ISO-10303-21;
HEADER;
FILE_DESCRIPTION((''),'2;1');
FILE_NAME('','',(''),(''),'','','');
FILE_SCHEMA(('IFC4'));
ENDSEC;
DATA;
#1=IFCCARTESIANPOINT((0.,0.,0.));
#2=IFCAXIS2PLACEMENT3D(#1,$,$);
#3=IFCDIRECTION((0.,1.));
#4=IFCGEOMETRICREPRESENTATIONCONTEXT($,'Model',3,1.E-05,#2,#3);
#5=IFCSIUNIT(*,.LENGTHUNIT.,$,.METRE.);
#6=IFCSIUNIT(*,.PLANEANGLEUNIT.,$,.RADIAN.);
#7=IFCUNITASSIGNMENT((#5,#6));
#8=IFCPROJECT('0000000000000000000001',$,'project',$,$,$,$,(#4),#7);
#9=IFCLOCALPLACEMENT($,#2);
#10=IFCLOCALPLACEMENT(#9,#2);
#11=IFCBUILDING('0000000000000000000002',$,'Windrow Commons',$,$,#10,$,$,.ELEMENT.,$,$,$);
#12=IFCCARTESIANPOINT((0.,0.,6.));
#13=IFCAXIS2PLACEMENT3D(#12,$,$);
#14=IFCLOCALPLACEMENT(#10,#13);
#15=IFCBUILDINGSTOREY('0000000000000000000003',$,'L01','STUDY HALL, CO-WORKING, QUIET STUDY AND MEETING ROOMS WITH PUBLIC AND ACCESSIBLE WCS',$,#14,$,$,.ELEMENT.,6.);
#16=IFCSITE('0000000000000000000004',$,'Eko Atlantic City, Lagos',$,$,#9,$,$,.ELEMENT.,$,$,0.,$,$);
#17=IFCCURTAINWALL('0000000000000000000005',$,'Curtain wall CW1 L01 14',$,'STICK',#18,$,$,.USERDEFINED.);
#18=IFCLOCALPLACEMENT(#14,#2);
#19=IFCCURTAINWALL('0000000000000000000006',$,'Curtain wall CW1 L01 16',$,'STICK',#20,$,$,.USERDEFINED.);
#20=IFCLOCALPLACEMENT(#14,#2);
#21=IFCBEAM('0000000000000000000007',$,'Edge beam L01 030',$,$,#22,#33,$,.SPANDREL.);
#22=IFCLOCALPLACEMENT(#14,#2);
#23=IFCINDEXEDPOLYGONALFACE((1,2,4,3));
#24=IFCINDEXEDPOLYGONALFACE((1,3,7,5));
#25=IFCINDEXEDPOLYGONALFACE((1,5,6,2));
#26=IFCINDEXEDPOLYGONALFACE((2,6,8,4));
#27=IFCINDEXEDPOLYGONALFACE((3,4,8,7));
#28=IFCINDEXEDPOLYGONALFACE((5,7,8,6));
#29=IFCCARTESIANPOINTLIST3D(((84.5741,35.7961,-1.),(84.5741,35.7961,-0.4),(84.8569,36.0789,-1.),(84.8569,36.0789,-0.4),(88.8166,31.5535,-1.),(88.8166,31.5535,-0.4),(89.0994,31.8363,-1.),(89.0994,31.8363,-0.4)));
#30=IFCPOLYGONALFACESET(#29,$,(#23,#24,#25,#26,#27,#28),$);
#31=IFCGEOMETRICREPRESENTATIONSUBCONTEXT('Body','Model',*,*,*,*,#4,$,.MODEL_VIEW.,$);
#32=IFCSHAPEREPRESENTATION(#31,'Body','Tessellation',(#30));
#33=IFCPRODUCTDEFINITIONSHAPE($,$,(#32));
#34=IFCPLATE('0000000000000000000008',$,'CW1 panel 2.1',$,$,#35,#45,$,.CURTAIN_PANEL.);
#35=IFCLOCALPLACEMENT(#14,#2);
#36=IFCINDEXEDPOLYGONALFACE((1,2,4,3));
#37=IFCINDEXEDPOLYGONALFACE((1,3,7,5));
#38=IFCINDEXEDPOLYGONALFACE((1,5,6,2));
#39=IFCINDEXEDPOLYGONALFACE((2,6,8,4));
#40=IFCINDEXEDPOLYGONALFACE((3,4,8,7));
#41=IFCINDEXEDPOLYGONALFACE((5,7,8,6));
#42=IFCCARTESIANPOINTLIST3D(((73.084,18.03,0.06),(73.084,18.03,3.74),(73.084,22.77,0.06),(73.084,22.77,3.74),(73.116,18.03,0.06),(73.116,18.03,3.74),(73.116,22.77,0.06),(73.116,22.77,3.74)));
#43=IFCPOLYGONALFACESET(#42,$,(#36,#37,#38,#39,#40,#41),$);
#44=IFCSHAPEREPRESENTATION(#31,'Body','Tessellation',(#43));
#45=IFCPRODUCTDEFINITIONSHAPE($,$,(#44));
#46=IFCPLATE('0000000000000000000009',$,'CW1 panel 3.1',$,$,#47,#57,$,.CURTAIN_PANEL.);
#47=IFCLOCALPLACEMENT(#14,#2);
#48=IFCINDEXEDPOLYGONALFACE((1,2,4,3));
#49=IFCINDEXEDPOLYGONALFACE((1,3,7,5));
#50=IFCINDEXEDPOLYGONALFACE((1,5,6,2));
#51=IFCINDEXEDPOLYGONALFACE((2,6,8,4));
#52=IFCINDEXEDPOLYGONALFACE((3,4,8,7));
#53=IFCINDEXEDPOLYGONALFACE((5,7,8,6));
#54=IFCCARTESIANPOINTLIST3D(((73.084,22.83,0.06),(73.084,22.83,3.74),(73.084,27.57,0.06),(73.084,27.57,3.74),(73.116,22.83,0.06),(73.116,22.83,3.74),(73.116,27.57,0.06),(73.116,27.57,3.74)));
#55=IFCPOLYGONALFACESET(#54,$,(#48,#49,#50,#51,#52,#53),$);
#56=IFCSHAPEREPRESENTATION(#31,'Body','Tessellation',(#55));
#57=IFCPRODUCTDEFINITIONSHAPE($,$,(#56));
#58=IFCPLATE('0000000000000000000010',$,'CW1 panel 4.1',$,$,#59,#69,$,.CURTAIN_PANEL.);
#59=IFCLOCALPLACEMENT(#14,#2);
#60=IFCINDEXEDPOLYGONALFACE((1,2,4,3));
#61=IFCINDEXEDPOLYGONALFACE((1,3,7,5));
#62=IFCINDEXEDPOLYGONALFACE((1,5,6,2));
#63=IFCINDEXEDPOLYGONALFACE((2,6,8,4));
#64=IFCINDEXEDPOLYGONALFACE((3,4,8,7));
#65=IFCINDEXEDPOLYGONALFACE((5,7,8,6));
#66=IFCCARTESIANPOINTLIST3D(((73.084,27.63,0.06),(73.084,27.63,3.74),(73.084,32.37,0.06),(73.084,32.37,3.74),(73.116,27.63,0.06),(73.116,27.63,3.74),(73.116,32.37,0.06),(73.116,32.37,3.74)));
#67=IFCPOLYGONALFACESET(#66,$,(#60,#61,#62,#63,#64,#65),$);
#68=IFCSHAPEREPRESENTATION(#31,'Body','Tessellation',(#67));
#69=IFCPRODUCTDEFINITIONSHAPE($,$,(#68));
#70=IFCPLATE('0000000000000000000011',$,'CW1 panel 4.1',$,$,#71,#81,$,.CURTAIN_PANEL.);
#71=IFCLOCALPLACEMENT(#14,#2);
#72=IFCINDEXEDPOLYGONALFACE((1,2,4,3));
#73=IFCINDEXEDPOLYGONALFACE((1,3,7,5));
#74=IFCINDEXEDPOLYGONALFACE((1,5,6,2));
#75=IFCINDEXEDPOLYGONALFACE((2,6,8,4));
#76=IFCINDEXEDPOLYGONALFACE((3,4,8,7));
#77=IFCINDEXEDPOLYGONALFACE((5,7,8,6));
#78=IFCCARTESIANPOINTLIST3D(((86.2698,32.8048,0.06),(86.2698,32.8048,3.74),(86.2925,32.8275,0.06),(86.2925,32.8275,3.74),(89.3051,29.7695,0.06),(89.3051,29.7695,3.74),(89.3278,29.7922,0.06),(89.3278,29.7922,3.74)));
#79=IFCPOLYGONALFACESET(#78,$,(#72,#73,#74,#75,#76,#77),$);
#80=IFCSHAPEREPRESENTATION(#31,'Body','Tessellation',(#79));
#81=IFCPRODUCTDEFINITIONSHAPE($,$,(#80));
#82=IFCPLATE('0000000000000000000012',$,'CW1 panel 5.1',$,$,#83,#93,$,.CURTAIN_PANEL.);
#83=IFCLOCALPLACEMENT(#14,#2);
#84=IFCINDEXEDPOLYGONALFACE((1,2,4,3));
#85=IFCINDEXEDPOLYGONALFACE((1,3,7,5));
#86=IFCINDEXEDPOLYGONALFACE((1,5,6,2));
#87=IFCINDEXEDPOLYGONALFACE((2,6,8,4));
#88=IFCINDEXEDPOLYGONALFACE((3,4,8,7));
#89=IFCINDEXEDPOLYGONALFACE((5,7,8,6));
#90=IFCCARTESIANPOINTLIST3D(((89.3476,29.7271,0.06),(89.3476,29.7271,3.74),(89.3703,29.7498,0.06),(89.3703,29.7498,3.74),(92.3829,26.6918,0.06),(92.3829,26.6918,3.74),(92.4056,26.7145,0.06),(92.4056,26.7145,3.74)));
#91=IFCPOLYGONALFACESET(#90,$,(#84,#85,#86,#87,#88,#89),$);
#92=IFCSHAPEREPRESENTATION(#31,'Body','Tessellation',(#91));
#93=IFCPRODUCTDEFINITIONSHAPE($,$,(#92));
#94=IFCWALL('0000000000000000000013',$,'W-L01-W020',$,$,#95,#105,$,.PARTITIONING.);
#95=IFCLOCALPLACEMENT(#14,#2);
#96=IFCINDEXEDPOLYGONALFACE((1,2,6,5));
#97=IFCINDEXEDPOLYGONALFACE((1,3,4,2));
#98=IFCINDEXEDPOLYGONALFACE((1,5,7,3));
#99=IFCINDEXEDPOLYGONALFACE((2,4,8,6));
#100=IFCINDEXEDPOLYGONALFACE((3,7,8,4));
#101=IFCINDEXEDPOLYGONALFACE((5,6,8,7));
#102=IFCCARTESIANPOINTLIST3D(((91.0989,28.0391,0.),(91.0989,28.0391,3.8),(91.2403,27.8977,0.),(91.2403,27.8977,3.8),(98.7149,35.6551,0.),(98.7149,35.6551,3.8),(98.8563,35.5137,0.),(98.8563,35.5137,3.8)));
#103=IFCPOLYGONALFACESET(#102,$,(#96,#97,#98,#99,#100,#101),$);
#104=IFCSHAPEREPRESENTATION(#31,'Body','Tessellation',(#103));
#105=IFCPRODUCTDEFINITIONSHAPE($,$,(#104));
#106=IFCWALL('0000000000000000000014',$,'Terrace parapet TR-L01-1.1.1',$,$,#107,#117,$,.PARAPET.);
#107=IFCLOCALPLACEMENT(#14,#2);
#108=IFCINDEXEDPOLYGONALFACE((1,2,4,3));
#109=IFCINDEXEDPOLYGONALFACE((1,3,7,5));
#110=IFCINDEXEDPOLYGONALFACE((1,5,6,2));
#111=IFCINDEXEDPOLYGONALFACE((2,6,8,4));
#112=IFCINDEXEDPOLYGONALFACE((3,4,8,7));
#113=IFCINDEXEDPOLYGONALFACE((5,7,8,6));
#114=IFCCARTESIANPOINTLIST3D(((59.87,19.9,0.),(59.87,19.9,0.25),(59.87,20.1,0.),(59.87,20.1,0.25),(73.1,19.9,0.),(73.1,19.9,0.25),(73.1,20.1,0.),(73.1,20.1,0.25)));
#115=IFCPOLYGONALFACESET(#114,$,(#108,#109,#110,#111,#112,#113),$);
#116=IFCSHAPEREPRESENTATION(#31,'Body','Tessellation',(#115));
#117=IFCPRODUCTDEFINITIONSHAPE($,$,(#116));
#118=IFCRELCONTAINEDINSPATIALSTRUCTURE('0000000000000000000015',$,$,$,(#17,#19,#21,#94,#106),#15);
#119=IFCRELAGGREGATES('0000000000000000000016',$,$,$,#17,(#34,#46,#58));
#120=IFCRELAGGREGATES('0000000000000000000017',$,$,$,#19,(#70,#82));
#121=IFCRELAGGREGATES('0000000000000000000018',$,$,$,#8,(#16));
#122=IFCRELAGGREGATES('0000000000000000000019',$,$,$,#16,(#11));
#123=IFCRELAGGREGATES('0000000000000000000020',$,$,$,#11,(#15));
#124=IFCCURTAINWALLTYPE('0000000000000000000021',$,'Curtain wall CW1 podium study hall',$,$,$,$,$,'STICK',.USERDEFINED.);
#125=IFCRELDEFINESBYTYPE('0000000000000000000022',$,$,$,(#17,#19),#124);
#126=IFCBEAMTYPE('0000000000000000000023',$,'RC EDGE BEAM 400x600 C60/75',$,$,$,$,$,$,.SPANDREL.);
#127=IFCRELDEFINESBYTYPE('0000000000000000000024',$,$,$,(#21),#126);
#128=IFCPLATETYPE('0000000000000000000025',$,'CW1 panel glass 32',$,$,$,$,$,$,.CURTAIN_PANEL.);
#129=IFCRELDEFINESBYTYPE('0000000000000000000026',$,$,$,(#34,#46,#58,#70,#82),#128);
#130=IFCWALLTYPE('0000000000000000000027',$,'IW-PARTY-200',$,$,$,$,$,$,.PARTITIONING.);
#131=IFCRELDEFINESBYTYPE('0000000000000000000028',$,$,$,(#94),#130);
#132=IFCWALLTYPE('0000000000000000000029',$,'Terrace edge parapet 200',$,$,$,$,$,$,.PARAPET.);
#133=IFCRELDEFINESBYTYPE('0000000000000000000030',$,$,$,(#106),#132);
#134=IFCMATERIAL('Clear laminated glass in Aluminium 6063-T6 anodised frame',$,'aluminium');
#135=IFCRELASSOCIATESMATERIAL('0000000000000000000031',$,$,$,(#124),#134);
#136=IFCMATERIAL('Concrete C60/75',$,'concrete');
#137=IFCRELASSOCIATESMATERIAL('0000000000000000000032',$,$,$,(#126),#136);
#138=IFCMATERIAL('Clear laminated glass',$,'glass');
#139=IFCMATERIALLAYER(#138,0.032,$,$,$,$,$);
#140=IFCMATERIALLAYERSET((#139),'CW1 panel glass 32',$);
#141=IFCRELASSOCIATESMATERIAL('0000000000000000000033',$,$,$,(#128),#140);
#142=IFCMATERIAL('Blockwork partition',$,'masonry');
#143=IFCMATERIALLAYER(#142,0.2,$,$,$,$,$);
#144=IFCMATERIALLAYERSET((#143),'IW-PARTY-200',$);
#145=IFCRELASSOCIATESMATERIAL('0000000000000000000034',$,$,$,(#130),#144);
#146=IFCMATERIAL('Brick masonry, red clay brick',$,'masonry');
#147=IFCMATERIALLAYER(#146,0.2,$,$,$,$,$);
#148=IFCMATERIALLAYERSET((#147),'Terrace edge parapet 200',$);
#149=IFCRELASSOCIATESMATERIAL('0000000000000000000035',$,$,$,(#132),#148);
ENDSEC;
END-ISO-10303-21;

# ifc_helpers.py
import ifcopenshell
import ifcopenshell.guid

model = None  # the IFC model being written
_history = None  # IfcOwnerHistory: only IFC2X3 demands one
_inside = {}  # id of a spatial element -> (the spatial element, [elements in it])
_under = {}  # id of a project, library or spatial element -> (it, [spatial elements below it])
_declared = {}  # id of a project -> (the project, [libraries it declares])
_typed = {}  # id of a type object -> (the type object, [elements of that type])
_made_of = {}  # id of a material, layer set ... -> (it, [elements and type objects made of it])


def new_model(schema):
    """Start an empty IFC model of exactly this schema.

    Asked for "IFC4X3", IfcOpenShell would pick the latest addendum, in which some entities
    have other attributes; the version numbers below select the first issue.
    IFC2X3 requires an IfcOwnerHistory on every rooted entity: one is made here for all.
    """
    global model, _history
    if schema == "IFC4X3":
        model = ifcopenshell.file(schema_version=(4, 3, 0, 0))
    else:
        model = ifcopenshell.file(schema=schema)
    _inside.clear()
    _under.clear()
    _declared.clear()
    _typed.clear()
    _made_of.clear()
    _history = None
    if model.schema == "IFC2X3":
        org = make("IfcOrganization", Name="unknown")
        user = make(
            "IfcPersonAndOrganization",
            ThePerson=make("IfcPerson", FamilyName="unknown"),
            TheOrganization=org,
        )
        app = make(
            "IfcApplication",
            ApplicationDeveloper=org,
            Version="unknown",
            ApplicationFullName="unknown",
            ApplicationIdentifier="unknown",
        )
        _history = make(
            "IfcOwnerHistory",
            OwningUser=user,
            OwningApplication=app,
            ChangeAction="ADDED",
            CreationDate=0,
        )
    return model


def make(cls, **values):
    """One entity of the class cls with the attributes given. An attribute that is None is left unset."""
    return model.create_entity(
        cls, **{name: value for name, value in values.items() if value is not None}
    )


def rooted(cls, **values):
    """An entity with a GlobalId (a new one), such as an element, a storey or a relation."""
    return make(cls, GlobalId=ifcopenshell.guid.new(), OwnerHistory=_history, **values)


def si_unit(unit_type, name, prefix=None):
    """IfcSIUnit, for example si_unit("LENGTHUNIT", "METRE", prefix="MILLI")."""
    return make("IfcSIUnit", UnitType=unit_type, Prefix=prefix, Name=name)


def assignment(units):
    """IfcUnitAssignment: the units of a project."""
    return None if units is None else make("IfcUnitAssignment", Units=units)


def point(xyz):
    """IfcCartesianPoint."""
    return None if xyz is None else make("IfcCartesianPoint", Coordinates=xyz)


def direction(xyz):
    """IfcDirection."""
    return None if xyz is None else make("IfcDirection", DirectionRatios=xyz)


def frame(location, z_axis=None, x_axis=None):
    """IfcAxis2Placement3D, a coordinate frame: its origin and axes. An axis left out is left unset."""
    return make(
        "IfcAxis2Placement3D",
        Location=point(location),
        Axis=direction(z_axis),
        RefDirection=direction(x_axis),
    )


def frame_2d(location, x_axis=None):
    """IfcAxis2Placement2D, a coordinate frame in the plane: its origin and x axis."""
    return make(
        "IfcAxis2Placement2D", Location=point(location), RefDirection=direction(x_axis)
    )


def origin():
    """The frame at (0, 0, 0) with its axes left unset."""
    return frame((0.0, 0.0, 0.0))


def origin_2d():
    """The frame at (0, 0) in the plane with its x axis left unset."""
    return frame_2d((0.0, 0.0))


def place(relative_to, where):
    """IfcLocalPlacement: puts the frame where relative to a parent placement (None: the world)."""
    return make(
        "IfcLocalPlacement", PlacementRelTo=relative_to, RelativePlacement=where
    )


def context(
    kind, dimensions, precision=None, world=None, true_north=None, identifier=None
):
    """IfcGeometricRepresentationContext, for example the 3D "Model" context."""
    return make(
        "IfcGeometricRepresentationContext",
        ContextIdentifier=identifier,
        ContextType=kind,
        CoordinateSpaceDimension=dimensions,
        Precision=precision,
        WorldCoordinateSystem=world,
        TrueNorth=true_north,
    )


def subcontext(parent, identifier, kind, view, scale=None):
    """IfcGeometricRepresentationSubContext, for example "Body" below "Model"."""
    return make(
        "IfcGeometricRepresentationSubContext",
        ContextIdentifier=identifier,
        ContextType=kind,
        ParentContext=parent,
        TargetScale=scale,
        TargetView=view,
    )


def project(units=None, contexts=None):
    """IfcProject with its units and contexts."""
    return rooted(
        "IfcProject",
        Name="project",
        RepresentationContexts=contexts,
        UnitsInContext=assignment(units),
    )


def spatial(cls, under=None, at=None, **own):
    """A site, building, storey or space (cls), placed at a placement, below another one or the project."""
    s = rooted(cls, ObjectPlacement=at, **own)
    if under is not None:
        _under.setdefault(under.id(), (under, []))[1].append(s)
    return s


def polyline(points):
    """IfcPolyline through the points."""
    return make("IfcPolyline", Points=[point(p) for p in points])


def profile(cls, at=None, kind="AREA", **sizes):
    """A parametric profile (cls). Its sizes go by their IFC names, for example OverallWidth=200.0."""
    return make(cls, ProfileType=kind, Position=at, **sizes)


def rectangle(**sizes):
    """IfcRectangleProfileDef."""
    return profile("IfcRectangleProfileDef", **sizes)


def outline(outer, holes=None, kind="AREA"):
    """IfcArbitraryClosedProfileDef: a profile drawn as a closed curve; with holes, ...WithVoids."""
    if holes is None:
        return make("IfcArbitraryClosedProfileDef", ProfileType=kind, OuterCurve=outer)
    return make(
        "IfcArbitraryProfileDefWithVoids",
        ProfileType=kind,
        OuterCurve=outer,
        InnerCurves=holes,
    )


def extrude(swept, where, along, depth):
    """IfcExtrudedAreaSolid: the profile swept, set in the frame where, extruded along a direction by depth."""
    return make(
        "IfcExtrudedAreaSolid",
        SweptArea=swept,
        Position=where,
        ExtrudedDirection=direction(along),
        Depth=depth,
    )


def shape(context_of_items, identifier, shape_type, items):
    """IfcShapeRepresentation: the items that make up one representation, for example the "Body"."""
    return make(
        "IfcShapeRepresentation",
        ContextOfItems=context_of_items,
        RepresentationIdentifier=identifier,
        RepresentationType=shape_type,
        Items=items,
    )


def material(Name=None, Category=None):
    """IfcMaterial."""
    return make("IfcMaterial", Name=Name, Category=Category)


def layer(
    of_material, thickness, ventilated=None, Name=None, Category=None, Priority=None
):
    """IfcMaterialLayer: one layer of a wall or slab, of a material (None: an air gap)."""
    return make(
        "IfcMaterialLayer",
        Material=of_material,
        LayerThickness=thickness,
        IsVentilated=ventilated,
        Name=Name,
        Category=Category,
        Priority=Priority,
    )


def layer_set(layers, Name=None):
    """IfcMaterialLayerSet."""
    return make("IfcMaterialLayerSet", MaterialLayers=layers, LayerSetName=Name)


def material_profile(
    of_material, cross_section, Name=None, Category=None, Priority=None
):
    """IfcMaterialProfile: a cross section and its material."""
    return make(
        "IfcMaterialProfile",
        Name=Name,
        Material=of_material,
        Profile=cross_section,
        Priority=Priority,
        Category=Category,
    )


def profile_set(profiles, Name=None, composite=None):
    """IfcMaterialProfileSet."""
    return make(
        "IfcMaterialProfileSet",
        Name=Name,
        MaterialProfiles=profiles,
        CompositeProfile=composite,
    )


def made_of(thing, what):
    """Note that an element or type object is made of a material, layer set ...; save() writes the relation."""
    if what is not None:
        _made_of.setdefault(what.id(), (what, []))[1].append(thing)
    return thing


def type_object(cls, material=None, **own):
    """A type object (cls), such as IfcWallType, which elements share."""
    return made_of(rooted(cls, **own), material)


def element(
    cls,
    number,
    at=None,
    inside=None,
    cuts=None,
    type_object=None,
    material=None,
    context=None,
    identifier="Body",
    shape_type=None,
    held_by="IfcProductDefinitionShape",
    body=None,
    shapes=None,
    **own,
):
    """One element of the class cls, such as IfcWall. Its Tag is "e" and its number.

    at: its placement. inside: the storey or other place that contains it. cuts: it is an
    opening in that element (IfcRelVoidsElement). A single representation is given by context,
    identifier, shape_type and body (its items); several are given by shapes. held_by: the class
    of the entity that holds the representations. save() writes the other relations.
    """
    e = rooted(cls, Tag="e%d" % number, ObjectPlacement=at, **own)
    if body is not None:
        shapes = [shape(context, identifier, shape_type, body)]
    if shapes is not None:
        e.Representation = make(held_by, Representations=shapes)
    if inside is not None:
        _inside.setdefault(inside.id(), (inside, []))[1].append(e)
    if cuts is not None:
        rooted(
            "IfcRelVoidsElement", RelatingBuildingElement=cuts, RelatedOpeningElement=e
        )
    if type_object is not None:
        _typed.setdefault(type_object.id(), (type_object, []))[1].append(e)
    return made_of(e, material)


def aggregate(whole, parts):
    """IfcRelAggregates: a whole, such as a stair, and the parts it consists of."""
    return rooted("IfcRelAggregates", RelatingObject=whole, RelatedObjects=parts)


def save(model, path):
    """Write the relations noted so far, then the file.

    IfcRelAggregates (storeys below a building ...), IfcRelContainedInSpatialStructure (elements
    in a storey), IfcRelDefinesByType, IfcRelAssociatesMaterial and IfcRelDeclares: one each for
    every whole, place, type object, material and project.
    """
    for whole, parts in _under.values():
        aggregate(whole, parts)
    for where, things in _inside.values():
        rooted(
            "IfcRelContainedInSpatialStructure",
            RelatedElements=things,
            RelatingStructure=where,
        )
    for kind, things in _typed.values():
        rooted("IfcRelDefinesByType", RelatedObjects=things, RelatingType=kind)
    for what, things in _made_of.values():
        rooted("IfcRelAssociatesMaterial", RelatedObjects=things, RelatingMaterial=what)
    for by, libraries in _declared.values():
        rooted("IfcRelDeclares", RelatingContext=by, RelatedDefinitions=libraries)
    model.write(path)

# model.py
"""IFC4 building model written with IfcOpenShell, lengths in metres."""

from ifc_helpers import new_model, si_unit, direction, frame, frame_2d, origin, origin_2d, place, context, subcontext, project, spatial, polyline, rectangle, outline, extrude, material, layer, layer_set, material_profile, profile_set, type_object, element, aggregate, save


model = new_model("IFC4")

# Units and contexts
model_context = context("Model", 3, precision=1e-05, world=origin(), true_north=direction((0.0, 1.0)))
body_context = subcontext(model_context, "Body", "Model", "MODEL_VIEW")
ifc_project = project(units=[si_unit("LENGTHUNIT", "METRE"), si_unit("PLANEANGLEUNIT", "RADIAN")], contexts=[model_context])

# Site, building, storey
site_placement = place(None, origin())
site = spatial("IfcSite", under=ifc_project, at=site_placement, Name="Eko Atlantic City, Lagos", CompositionType="ELEMENT", RefElevation=0.0)
building_placement = place(site_placement, origin())
building = spatial("IfcBuilding", under=site, at=building_placement, Name="Windrow Commons", CompositionType="ELEMENT")
storey_placement = place(building_placement, frame((0.0, 0.0, 6.0)))
storey = spatial("IfcBuildingStorey", under=building, at=storey_placement, Name="L01", Description="STUDY HALL, CO-WORKING, QUIET STUDY AND MEETING ROOMS WITH PUBLIC AND ACCESSIBLE WCS", CompositionType="ELEMENT", Elevation=6.0)

# Shared definitions
ifc_material_1 = material(Name="Clear laminated glass in Aluminium 6063-T6 anodised frame", Category="aluminium")
curtain_wall_type = type_object("IfcCurtainWallType", Name="Curtain wall CW1 podium study hall", ElementType="STICK", PredefinedType="USERDEFINED", material=ifc_material_1)
placement = place(storey_placement, origin())

# Curtain wall
curtain_wall_1 = element("IfcCurtainWall", 1, at=placement, inside=storey, type_object=curtain_wall_type, Name="Curtain wall CW1 L01 14", ObjectType="STICK", PredefinedType="USERDEFINED")

# Curtain wall
curtain_wall_2 = element("IfcCurtainWall", 2, at=placement, inside=storey, type_object=curtain_wall_type, Name="Curtain wall CW1 L01 16", ObjectType="STICK", PredefinedType="USERDEFINED")

# Beam
ifc_material_2 = material(Name="Concrete C60/75", Category="concrete")
ifc_material_profile_1 = material_profile(ifc_material_2, rectangle(XDim=0.4, YDim=0.6, at=origin_2d()))
ifc_profile_set_1 = profile_set([ifc_material_profile_1], Name="Concrete C60/75")
beam_type = type_object("IfcBeamType", Name="RC EDGE BEAM 400x600 C60/75", PredefinedType="SPANDREL", material=ifc_profile_set_1)
beam_placement = place(storey_placement, frame((88.958, 31.6949, -0.7), z_axis=(-0.707098, 0.707115, 0.0), x_axis=(-0.707115, -0.707098, 0.0)))
element("IfcBeam", 3, at=beam_placement, inside=storey, type_object=beam_type, Name="Edge beam L01 030", PredefinedType="SPANDREL", context=body_context, shape_type="SweptSolid", body=[
    extrude(rectangle(XDim=0.4, YDim=0.6, at=origin_2d()), origin(), (0.0, 0.0, 1.0), 5.9999),
])

# Plates
ifc_material_3 = material(Name="Clear laminated glass", Category="glass")
ifc_layer_1 = layer(ifc_material_3, 0.032)
ifc_layer_set_1 = layer_set([ifc_layer_1], Name="CW1 panel glass 32")
plate_type = type_object("IfcPlateType", Name="CW1 panel glass 32", PredefinedType="CURTAIN_PANEL", material=ifc_layer_set_1)
plate_1_placement = place(storey_placement, frame((73.1, 20.4, 0.06), z_axis=(0.0, 0.0, 1.0), x_axis=(0.0, 1.0, 0.0)))
plate_1 = element("IfcPlate", 4, at=plate_1_placement, type_object=plate_type, Name="CW1 panel 2.1", PredefinedType="CURTAIN_PANEL", context=body_context, shape_type="SweptSolid", body=[
    extrude(rectangle(XDim=4.74, YDim=0.032, at=origin_2d()), origin(), (0.0, 0.0, 1.0), 3.68),
])
plate_2_placement = place(storey_placement, frame((73.1, 25.2, 0.06), z_axis=(0.0, 0.0, 1.0), x_axis=(0.0, 1.0, 0.0)))
plate_2 = element("IfcPlate", 5, at=plate_2_placement, type_object=plate_type, Name="CW1 panel 3.1", PredefinedType="CURTAIN_PANEL", context=body_context, shape_type="SweptSolid", body=[
    extrude(rectangle(XDim=4.74, YDim=0.032, at=origin_2d()), origin(), (0.0, 0.0, 1.0), 3.68),
])
plate_3_placement = place(storey_placement, frame((73.1, 30.0, 0.06), z_axis=(0.0, 0.0, 1.0), x_axis=(0.0, 1.0, 0.0)))
plate_3 = element("IfcPlate", 6, at=plate_3_placement, type_object=plate_type, Name="CW1 panel 4.1", PredefinedType="CURTAIN_PANEL", context=body_context, shape_type="SweptSolid", body=[
    extrude(rectangle(XDim=4.74, YDim=0.032, at=origin_2d()), origin(), (0.0, 0.0, 1.0), 3.68),
])
aggregate(curtain_wall_1, [plate_1, plate_2, plate_3])
plate_4_placement = place(storey_placement, frame((87.7988, 31.2985, 0.06), z_axis=(0.0, 0.0, 1.0), x_axis=(0.707107, -0.707107, 0.0)))
plate_4 = element("IfcPlate", 7, at=plate_4_placement, type_object=plate_type, Name="CW1 panel 4.1", PredefinedType="CURTAIN_PANEL", context=body_context, shape_type="SweptSolid", body=[
    extrude(rectangle(XDim=4.2926, YDim=0.032, at=origin_2d()), origin(), (0.0, 0.0, 1.0), 3.68),
])
plate_5_placement = place(storey_placement, frame((90.8766, 28.2208, 0.06), z_axis=(0.0, 0.0, 1.0), x_axis=(0.707107, -0.707107, 0.0)))
plate_5 = element("IfcPlate", 8, at=plate_5_placement, type_object=plate_type, Name="CW1 panel 5.1", PredefinedType="CURTAIN_PANEL", context=body_context, shape_type="SweptSolid", body=[
    extrude(rectangle(XDim=4.2926, YDim=0.032, at=origin_2d()), origin(), (0.0, 0.0, 1.0), 3.68),
])
aggregate(curtain_wall_2, [plate_4, plate_5])

# Walls
ifc_material_4 = material(Name="Blockwork partition", Category="masonry")
ifc_layer_2 = layer(ifc_material_4, 0.2)
ifc_layer_set_2 = layer_set([ifc_layer_2], Name="IW-PARTY-200")
wall_type_1 = type_object("IfcWallType", Name="IW-PARTY-200", PredefinedType="PARTITIONING", material=ifc_layer_set_2)
wall_1_placement = place(storey_placement, frame((91.1696, 27.9684, 0.0), z_axis=(0.0, 0.0, 1.0), x_axis=(0.707107, 0.707107, 0.0)))
element("IfcWall", 9, at=wall_1_placement, inside=storey, type_object=wall_type_1, Name="W-L01-W020", PredefinedType="PARTITIONING", context=body_context, shape_type="SweptSolid", body=[
    extrude(rectangle(XDim=10.7707, YDim=0.2, at=frame_2d((5.3853, 0.0))), origin(), (0.0, 0.0, 1.0), 3.8),
])
ifc_material_5 = material(Name="Brick masonry, red clay brick", Category="masonry")
ifc_layer_3 = layer(ifc_material_5, 0.2)
ifc_layer_set_3 = layer_set([ifc_layer_3], Name="Terrace edge parapet 200")
wall_type_2 = type_object("IfcWallType", Name="Terrace edge parapet 200", PredefinedType="PARAPET", material=ifc_layer_set_3)
wall_2_placement = place(storey_placement, frame((73.1, 20.0, 0.0), z_axis=(0.0, 0.0, 1.0), x_axis=(-1.0, 0.0, 0.0)))
element("IfcWall", 10, at=wall_2_placement, inside=storey, type_object=wall_type_2, Name="Terrace parapet TR-L01-1.1.1", PredefinedType="PARAPET", context=body_context, shape_type="SweptSolid", body=[
    extrude(outline(polyline([(0.0, -0.1), (13.23, -0.1), (13.23, 0.1), (0.0, 0.1), (0.0, -0.1)])), origin(), (0.0, 0.0, 1.0), 0.25),
])

save(model, "model.ifc")
